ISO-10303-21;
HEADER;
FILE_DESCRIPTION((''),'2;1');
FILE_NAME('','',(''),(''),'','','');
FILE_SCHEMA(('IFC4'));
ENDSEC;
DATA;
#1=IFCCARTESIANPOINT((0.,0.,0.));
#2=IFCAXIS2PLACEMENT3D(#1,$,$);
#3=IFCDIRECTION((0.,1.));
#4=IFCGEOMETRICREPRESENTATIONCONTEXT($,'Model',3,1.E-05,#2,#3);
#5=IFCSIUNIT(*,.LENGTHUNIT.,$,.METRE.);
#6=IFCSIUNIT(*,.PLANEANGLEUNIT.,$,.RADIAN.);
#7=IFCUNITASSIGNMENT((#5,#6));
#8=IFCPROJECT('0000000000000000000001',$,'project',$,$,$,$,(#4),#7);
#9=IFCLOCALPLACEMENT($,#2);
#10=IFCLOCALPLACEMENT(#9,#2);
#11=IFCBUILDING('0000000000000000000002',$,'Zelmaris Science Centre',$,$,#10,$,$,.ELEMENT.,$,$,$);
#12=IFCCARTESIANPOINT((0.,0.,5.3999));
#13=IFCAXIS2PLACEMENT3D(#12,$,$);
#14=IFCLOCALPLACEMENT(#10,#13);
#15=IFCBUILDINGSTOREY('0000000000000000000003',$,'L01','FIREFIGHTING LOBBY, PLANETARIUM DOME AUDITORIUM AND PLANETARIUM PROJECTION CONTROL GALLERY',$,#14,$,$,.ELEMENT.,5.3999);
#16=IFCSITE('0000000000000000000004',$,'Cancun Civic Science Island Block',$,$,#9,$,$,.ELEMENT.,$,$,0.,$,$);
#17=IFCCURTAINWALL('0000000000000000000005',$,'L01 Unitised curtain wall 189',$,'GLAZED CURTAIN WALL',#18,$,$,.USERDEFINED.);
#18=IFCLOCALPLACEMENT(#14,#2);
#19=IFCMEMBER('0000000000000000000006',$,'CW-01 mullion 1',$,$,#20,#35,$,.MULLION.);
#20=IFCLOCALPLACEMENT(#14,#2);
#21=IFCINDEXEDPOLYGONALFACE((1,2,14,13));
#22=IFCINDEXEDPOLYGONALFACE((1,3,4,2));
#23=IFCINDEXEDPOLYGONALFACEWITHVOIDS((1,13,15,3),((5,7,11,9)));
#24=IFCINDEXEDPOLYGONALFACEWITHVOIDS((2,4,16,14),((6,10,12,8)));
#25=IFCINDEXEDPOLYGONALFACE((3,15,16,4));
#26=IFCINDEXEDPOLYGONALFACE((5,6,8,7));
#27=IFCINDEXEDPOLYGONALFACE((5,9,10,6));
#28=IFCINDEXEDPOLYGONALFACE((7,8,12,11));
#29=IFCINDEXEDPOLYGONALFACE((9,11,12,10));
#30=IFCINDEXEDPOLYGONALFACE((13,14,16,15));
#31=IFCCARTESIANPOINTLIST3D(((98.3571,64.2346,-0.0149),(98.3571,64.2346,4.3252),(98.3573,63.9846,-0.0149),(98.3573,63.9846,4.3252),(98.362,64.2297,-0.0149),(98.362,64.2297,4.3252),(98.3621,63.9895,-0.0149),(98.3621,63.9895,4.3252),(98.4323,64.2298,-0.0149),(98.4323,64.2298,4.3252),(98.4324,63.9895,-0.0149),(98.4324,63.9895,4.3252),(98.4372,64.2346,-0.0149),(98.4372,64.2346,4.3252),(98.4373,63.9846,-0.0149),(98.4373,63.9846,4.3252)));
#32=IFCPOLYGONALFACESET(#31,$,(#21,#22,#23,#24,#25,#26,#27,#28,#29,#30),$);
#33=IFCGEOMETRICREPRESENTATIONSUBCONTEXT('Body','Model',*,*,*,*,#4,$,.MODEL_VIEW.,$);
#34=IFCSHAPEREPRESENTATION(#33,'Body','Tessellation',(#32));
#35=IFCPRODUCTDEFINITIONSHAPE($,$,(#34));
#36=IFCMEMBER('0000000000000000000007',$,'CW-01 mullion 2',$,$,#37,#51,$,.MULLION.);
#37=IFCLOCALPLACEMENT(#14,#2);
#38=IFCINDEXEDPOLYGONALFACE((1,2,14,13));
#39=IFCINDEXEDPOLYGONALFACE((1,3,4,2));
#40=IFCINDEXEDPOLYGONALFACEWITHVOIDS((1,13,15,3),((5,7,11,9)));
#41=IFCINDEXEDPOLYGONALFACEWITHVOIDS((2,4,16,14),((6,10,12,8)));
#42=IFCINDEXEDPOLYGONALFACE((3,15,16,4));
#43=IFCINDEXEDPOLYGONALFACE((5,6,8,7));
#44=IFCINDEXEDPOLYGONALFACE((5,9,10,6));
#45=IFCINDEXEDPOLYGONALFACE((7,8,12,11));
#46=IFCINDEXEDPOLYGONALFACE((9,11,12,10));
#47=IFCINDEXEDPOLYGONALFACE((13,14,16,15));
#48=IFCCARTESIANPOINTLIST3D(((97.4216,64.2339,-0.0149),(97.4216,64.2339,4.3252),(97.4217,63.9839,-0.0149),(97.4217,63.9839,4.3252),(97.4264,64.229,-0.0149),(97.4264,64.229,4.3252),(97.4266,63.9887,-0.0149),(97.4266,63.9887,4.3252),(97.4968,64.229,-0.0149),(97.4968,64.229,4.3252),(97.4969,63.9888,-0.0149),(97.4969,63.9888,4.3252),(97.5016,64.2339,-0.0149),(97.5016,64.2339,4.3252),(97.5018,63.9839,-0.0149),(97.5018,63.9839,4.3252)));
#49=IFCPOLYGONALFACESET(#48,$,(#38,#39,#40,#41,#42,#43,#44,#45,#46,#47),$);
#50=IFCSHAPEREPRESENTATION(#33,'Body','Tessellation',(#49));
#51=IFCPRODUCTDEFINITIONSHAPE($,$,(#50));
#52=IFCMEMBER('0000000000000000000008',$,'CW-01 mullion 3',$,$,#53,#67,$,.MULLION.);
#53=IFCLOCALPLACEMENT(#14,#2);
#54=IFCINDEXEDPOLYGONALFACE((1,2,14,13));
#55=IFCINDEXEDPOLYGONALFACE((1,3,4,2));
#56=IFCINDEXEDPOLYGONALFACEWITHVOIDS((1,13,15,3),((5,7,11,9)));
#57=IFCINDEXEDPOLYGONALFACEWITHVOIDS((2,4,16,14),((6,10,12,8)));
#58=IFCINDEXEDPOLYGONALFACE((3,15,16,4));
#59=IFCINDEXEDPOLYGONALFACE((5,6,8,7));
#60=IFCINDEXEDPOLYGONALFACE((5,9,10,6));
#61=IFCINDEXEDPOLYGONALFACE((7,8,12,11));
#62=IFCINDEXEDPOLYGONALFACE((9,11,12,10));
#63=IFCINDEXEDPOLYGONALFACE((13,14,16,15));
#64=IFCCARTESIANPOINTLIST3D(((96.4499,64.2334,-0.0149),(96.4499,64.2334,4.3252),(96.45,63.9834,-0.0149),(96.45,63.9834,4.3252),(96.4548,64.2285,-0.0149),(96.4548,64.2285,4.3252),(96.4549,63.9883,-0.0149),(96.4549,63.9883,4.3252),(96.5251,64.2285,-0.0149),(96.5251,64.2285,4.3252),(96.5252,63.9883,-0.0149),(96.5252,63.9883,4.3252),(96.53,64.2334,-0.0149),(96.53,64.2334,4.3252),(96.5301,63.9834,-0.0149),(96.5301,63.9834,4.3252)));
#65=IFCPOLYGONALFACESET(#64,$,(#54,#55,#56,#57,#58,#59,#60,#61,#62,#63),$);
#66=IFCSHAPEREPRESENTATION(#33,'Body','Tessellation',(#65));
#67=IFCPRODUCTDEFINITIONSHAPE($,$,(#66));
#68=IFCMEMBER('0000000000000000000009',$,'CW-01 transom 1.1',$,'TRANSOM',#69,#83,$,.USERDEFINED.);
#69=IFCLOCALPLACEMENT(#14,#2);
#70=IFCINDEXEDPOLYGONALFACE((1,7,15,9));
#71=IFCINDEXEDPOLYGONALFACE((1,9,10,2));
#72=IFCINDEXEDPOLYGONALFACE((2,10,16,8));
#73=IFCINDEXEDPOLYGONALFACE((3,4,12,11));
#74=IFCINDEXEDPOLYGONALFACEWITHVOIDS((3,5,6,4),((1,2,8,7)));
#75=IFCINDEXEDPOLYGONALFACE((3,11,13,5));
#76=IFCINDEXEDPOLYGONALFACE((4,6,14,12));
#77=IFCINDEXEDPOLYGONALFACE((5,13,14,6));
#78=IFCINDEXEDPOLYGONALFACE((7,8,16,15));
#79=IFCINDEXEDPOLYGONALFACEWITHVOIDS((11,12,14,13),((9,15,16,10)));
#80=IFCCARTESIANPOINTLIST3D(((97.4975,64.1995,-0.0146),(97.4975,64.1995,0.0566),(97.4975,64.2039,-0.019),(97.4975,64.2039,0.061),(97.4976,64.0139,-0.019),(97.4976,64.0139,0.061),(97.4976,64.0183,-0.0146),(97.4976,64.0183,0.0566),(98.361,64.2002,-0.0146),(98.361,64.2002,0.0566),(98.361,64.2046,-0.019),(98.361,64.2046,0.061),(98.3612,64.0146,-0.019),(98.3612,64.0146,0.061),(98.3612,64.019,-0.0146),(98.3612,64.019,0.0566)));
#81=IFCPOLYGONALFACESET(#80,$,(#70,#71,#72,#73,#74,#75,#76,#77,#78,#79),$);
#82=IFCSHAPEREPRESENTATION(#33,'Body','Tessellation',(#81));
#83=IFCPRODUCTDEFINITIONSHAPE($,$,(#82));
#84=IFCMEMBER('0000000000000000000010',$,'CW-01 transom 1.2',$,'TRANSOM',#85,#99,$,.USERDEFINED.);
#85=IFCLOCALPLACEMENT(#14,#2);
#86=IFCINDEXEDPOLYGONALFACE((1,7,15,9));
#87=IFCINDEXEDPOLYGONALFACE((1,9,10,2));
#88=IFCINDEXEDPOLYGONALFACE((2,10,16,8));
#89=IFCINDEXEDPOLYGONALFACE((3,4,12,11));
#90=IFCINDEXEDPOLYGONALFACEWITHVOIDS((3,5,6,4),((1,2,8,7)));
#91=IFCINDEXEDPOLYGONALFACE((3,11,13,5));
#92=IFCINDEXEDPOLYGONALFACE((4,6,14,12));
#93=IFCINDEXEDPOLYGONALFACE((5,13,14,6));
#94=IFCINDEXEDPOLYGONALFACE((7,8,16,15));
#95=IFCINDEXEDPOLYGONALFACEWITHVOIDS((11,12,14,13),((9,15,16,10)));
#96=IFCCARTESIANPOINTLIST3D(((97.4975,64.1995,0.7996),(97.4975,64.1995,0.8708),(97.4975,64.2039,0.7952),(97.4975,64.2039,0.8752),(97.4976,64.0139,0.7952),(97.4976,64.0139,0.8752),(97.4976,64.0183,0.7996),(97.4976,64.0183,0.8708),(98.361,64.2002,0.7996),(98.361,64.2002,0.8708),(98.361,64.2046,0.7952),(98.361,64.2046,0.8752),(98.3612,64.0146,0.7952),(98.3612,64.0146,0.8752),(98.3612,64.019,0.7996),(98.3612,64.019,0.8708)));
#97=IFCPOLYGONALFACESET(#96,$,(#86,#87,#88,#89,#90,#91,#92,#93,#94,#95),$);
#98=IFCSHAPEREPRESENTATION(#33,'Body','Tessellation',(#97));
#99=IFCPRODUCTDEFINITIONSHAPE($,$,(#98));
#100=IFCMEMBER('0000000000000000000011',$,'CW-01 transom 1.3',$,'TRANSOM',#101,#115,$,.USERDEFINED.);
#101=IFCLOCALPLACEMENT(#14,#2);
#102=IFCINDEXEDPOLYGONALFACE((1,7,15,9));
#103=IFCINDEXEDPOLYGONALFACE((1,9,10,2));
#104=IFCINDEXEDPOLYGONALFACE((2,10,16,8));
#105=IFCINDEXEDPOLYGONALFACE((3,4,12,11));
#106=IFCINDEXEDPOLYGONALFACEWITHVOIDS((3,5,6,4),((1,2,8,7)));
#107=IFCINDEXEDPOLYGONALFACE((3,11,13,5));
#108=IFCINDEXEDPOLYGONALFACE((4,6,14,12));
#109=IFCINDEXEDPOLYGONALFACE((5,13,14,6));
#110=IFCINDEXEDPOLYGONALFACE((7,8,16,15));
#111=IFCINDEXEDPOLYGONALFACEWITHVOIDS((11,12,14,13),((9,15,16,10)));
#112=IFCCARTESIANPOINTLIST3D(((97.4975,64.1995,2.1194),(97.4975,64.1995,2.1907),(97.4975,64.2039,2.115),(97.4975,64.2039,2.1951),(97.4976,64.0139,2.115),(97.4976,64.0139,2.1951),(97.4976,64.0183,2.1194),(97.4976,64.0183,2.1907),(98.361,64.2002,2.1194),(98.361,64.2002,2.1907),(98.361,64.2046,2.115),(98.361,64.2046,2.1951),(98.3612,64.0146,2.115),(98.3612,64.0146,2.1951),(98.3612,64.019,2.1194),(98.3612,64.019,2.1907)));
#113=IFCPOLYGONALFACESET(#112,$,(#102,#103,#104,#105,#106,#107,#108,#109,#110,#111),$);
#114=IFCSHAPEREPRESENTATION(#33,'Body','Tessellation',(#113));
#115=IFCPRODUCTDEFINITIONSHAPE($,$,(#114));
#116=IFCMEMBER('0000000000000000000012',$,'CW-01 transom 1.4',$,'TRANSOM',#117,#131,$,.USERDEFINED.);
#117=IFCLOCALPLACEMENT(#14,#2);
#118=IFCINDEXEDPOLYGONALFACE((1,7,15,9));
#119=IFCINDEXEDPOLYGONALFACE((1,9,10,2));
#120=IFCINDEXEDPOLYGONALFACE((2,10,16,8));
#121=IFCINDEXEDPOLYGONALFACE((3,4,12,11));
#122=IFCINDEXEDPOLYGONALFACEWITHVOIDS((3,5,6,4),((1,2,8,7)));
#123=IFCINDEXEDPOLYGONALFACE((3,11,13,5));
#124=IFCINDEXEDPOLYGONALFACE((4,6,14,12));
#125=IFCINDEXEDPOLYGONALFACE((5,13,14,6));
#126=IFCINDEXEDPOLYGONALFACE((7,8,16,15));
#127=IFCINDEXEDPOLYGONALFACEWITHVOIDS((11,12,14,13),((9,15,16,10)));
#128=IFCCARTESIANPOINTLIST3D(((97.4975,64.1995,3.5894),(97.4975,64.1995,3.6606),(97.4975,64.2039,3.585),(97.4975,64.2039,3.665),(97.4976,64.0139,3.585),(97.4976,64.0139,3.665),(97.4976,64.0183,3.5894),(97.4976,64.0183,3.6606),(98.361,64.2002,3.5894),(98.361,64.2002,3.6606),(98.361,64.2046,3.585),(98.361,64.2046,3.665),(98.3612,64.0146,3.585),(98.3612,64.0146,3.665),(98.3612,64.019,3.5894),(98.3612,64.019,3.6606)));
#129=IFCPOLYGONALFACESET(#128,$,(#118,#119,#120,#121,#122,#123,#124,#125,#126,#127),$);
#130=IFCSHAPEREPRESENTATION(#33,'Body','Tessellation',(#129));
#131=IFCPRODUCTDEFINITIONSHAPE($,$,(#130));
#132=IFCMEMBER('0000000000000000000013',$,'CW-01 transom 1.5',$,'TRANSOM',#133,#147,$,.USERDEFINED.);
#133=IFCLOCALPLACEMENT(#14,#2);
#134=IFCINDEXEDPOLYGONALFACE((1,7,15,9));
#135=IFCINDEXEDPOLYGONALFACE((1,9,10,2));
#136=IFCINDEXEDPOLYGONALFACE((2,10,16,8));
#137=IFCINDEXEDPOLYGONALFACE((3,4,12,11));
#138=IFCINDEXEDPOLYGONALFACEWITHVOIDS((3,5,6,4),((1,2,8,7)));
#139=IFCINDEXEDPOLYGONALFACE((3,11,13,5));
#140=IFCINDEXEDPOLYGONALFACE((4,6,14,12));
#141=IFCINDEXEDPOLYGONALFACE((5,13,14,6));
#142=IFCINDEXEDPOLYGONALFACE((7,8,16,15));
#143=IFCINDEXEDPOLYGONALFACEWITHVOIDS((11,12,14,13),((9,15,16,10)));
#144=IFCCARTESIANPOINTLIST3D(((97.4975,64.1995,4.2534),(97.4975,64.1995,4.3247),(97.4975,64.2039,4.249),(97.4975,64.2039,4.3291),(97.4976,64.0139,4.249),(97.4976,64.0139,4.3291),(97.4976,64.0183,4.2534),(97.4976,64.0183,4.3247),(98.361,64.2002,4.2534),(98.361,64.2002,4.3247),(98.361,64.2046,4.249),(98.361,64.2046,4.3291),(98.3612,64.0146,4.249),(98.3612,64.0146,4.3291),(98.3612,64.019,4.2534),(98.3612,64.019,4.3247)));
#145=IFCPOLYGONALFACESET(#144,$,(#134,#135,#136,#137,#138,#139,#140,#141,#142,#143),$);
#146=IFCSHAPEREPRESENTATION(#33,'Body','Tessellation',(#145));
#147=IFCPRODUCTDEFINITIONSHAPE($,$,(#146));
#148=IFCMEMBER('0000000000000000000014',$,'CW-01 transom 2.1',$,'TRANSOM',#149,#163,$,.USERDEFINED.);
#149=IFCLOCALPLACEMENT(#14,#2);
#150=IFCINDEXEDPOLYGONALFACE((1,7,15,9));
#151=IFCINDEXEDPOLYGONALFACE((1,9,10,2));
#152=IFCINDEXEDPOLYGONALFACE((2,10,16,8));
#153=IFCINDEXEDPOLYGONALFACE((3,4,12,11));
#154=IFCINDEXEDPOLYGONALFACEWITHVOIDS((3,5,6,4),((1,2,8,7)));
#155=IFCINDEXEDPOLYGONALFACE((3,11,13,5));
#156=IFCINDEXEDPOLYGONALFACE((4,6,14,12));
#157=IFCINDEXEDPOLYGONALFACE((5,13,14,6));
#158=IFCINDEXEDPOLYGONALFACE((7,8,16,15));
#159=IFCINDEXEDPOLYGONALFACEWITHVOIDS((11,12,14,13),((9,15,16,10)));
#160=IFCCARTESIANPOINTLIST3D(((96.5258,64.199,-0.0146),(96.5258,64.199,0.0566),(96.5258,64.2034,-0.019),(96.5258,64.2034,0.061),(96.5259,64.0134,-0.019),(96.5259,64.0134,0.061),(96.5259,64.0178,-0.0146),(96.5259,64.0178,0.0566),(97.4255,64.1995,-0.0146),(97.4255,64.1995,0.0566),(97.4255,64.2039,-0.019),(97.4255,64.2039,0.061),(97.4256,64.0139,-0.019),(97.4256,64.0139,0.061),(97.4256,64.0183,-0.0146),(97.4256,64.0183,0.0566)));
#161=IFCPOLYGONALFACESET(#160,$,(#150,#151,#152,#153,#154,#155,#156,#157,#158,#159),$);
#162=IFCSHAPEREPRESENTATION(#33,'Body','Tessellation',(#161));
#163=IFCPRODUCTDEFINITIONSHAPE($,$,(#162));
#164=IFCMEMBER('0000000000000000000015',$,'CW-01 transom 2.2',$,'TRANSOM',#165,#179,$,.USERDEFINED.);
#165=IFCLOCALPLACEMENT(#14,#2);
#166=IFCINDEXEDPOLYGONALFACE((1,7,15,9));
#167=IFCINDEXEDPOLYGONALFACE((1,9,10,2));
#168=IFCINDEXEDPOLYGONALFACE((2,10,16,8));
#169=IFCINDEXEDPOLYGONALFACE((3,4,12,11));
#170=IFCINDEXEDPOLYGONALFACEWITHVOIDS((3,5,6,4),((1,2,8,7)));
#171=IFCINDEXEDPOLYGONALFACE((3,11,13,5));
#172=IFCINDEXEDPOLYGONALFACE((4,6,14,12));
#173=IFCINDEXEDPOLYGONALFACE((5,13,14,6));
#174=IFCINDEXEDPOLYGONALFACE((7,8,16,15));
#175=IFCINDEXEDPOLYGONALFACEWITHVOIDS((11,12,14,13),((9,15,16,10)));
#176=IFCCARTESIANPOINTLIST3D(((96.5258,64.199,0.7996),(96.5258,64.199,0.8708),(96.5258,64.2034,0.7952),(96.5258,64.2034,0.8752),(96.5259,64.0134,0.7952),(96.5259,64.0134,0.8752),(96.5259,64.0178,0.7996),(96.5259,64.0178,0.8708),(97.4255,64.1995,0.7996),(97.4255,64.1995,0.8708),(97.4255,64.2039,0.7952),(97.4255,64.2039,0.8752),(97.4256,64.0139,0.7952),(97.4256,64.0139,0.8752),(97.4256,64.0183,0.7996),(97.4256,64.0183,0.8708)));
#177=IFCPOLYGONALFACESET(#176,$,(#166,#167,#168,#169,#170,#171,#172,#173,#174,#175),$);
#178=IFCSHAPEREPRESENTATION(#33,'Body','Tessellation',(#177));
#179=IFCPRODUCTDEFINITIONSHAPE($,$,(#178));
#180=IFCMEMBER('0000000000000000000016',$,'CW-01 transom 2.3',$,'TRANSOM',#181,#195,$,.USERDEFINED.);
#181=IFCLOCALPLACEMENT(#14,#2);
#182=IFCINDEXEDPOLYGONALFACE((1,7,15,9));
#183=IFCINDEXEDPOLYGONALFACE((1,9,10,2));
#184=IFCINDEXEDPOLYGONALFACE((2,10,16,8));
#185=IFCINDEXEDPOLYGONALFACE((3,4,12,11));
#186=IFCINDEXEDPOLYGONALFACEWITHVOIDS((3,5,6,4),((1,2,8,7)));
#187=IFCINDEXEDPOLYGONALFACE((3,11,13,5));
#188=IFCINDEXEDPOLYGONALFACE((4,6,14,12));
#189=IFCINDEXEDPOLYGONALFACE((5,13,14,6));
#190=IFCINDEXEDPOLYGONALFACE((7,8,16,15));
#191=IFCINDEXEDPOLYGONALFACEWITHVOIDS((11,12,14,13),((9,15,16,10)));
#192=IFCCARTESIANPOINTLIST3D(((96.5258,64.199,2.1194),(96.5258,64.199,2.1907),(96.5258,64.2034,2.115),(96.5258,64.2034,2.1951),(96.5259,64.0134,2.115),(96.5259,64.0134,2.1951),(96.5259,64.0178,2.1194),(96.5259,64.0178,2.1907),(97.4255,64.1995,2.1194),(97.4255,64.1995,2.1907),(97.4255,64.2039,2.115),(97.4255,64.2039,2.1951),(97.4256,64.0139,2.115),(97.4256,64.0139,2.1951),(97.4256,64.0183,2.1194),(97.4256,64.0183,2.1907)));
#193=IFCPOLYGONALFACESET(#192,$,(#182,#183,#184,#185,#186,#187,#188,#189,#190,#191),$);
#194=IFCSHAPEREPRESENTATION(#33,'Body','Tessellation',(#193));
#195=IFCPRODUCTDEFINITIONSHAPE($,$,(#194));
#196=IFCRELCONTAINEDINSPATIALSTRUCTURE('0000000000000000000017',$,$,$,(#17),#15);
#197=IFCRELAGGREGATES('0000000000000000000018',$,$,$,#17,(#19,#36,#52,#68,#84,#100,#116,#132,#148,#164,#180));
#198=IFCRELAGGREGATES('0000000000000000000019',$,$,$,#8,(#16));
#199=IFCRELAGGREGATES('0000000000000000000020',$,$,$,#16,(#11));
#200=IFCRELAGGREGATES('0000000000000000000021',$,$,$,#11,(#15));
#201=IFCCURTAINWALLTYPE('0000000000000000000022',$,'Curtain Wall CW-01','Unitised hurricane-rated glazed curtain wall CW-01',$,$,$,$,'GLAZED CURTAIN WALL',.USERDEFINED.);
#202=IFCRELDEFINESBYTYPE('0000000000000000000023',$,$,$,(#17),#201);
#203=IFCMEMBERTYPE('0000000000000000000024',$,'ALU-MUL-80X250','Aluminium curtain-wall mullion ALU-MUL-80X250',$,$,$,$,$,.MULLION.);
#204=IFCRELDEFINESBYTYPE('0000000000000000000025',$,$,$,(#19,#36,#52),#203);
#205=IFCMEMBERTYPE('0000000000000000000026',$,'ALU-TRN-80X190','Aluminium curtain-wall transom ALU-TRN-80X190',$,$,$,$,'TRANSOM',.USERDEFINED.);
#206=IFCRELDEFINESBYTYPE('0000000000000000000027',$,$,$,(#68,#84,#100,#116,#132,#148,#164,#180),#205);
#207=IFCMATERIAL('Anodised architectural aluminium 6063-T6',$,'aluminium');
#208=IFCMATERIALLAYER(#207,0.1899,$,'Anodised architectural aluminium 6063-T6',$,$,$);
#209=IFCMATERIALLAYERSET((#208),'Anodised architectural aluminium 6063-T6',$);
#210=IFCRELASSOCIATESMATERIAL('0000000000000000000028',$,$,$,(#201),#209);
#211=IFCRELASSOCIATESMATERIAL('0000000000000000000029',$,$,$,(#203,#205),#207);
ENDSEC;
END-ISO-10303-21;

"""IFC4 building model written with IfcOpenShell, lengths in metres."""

from ifc_helpers import new_model, si_unit, direction, frame, origin, origin_2d, place, context, subcontext, project, spatial, hollow_rectangle, extrude, material, layer, layer_set, material_profile, profile_set, type_object, element, aggregate, save


model = new_model("IFC4")

# Units and contexts
model_context = context("Model", 3, precision=1e-05, world=origin(), true_north=direction((0.0, 1.0)))
body_context = subcontext(model_context, "Body", "Model", "MODEL_VIEW")
ifc_project = project(units=[si_unit("LENGTHUNIT", "METRE"), si_unit("PLANEANGLEUNIT", "RADIAN")], contexts=[model_context])

# Site, building, storey
site_placement = place(None, origin())
site = spatial("IfcSite", under=ifc_project, at=site_placement, Name="Cancun Civic Science Island Block", CompositionType="ELEMENT", RefElevation=0.0)
building_placement = place(site_placement, origin())
building = spatial("IfcBuilding", under=site, at=building_placement, Name="Zelmaris Science Centre", CompositionType="ELEMENT")
storey_placement = place(building_placement, frame((0.0, 0.0, 5.3999)))
storey = spatial("IfcBuildingStorey", under=building, at=storey_placement, Name="L01", Description="FIREFIGHTING LOBBY, PLANETARIUM DOME AUDITORIUM AND PLANETARIUM PROJECTION CONTROL GALLERY", CompositionType="ELEMENT", Elevation=5.3999)

# Curtain wall, members
ifc_material_1 = material(Name="Anodised architectural aluminium 6063-T6", Category="aluminium")
ifc_layer_1 = layer(ifc_material_1, 0.1899, Name="Anodised architectural aluminium 6063-T6")
ifc_layer_set_1 = layer_set([ifc_layer_1], Name="Anodised architectural aluminium 6063-T6")
curtain_wall_type = type_object("IfcCurtainWallType", Name="Curtain Wall CW-01", Description="Unitised hurricane-rated glazed curtain wall CW-01", ElementType="GLAZED CURTAIN WALL", PredefinedType="USERDEFINED", material=ifc_layer_set_1)
curtain_wall_placement = place(storey_placement, origin())
curtain_wall = element("IfcCurtainWall", 1, at=curtain_wall_placement, inside=storey, type_object=curtain_wall_type, Name="L01 Unitised curtain wall 189", ObjectType="GLAZED CURTAIN WALL", PredefinedType="USERDEFINED")
ifc_material_profile_1 = material_profile(ifc_material_1, hollow_rectangle(XDim=0.0801, YDim=0.25, WallThickness=0.0049, at=origin_2d()), Name="ALU-MUL-80X250")
ifc_profile_set_1 = profile_set([ifc_material_profile_1], Name="Anodised architectural aluminium 6063-T6")
member_type_1 = type_object("IfcMemberType", Name="ALU-MUL-80X250", Description="Aluminium curtain-wall mullion ALU-MUL-80X250", PredefinedType="MULLION", material=ifc_profile_set_1)
member_1_placement = place(storey_placement, frame((98.3972, 64.1096, -0.0149), z_axis=(0.0, 0.0, 1.0), x_axis=(-1.0, -0.000625, 0.0)))
member_1 = element("IfcMember", 2, at=member_1_placement, type_object=member_type_1, Name="CW-01 mullion 1", PredefinedType="MULLION", context=body_context, shape_type="SweptSolid", body=[
    extrude(hollow_rectangle(XDim=0.0801, YDim=0.25, WallThickness=0.0049, at=origin_2d()), origin(), (0.0, 0.0, 1.0), 4.3401),
])
member_2_placement = place(storey_placement, frame((97.4617, 64.1089, -0.0149), z_axis=(0.0, 0.0, 1.0), x_axis=(-1.0, -0.000625, 0.0)))
member_2 = element("IfcMember", 3, at=member_2_placement, type_object=member_type_1, Name="CW-01 mullion 2", PredefinedType="MULLION", context=body_context, shape_type="SweptSolid", body=[
    extrude(hollow_rectangle(XDim=0.0801, YDim=0.25, WallThickness=0.0049, at=origin_2d()), origin(), (0.0, 0.0, 1.0), 4.3401),
])
member_3_placement = place(storey_placement, frame((96.49, 64.1084, -0.0149), z_axis=(0.0, 0.0, 1.0), x_axis=(-1.0, -0.000625, 0.0)))
member_3 = element("IfcMember", 4, at=member_3_placement, type_object=member_type_1, Name="CW-01 mullion 3", PredefinedType="MULLION", context=body_context, shape_type="SweptSolid", body=[
    extrude(hollow_rectangle(XDim=0.0801, YDim=0.25, WallThickness=0.0049, at=origin_2d()), origin(), (0.0, 0.0, 1.0), 4.3401),
])
ifc_material_profile_2 = material_profile(ifc_material_1, hollow_rectangle(XDim=0.0801, YDim=0.1899, WallThickness=0.0044, at=origin_2d()), Name="ALU-TRN-80X190")
ifc_profile_set_2 = profile_set([ifc_material_profile_2], Name="Anodised architectural aluminium 6063-T6")
member_type_2 = type_object("IfcMemberType", Name="ALU-TRN-80X190", Description="Aluminium curtain-wall transom ALU-TRN-80X190", ElementType="TRANSOM", PredefinedType="USERDEFINED", material=ifc_profile_set_2)
member_4_placement = place(storey_placement, frame((98.3611, 64.1096, 0.021), z_axis=(-1.0, -0.000848, 0.0), x_axis=(0.0, 0.0, 1.0)))
member_4 = element("IfcMember", 5, at=member_4_placement, type_object=member_type_2, Name="CW-01 transom 1.1", ObjectType="TRANSOM", PredefinedType="USERDEFINED", context=body_context, shape_type="SweptSolid", body=[
    extrude(hollow_rectangle(XDim=0.0801, YDim=0.1899, WallThickness=0.0044, at=origin_2d()), origin(), (0.0, 0.0, 1.0), 0.8635),
])
member_5_placement = place(storey_placement, frame((98.3611, 64.1096, 0.8352), z_axis=(-1.0, -0.000848, 0.0), x_axis=(0.0, 0.0, 1.0)))
member_5 = element("IfcMember", 6, at=member_5_placement, type_object=member_type_2, Name="CW-01 transom 1.2", ObjectType="TRANSOM", PredefinedType="USERDEFINED", context=body_context, shape_type="SweptSolid", body=[
    extrude(hollow_rectangle(XDim=0.0801, YDim=0.1899, WallThickness=0.0044, at=origin_2d()), origin(), (0.0, 0.0, 1.0), 0.8635),
])
member_6_placement = place(storey_placement, frame((98.3611, 64.1096, 2.155), z_axis=(-1.0, -0.000848, 0.0), x_axis=(0.0, 0.0, 1.0)))
member_6 = element("IfcMember", 7, at=member_6_placement, type_object=member_type_2, Name="CW-01 transom 1.3", ObjectType="TRANSOM", PredefinedType="USERDEFINED", context=body_context, shape_type="SweptSolid", body=[
    extrude(hollow_rectangle(XDim=0.0801, YDim=0.1899, WallThickness=0.0044, at=origin_2d()), origin(), (0.0, 0.0, 1.0), 0.8635),
])
member_7_placement = place(storey_placement, frame((98.3611, 64.1096, 3.625), z_axis=(-1.0, -0.000848, 0.0), x_axis=(0.0, 0.0, 1.0)))
member_7 = element("IfcMember", 8, at=member_7_placement, type_object=member_type_2, Name="CW-01 transom 1.4", ObjectType="TRANSOM", PredefinedType="USERDEFINED", context=body_context, shape_type="SweptSolid", body=[
    extrude(hollow_rectangle(XDim=0.0801, YDim=0.1899, WallThickness=0.0044, at=origin_2d()), origin(), (0.0, 0.0, 1.0), 0.8635),
])
member_8_placement = place(storey_placement, frame((98.3611, 64.1096, 4.2891), z_axis=(-1.0, -0.000848, 0.0), x_axis=(0.0, 0.0, 1.0)))
member_8 = element("IfcMember", 9, at=member_8_placement, type_object=member_type_2, Name="CW-01 transom 1.5", ObjectType="TRANSOM", PredefinedType="USERDEFINED", context=body_context, shape_type="SweptSolid", body=[
    extrude(hollow_rectangle(XDim=0.0801, YDim=0.1899, WallThickness=0.0044, at=origin_2d()), origin(), (0.0, 0.0, 1.0), 0.8635),
])
member_9_placement = place(storey_placement, frame((97.4255, 64.1089, 0.021), z_axis=(-1.0, -0.000543, 0.0), x_axis=(0.0, 0.0, 1.0)))
member_9 = element("IfcMember", 10, at=member_9_placement, type_object=member_type_2, Name="CW-01 transom 2.1", ObjectType="TRANSOM", PredefinedType="USERDEFINED", context=body_context, shape_type="SweptSolid", body=[
    extrude(hollow_rectangle(XDim=0.0801, YDim=0.1899, WallThickness=0.0044, at=origin_2d()), origin(), (0.0, 0.0, 1.0), 0.8997),
])
member_10_placement = place(storey_placement, frame((97.4255, 64.1089, 0.8352), z_axis=(-1.0, -0.000543, 0.0), x_axis=(0.0, 0.0, 1.0)))
member_10 = element("IfcMember", 11, at=member_10_placement, type_object=member_type_2, Name="CW-01 transom 2.2", ObjectType="TRANSOM", PredefinedType="USERDEFINED", context=body_context, shape_type="SweptSolid", body=[
    extrude(hollow_rectangle(XDim=0.0801, YDim=0.1899, WallThickness=0.0044, at=origin_2d()), origin(), (0.0, 0.0, 1.0), 0.8997),
])
member_11_placement = place(storey_placement, frame((97.4255, 64.1089, 2.155), z_axis=(-1.0, -0.000543, 0.0), x_axis=(0.0, 0.0, 1.0)))
member_11 = element("IfcMember", 12, at=member_11_placement, type_object=member_type_2, Name="CW-01 transom 2.3", ObjectType="TRANSOM", PredefinedType="USERDEFINED", context=body_context, shape_type="SweptSolid", body=[
    extrude(hollow_rectangle(XDim=0.0801, YDim=0.1899, WallThickness=0.0044, at=origin_2d()), origin(), (0.0, 0.0, 1.0), 0.8997),
])
aggregate(curtain_wall, [member_1, member_2, member_3, member_4, member_5, member_6, member_7, member_8, member_9, member_10, member_11])

save(model, "model.ifc")
